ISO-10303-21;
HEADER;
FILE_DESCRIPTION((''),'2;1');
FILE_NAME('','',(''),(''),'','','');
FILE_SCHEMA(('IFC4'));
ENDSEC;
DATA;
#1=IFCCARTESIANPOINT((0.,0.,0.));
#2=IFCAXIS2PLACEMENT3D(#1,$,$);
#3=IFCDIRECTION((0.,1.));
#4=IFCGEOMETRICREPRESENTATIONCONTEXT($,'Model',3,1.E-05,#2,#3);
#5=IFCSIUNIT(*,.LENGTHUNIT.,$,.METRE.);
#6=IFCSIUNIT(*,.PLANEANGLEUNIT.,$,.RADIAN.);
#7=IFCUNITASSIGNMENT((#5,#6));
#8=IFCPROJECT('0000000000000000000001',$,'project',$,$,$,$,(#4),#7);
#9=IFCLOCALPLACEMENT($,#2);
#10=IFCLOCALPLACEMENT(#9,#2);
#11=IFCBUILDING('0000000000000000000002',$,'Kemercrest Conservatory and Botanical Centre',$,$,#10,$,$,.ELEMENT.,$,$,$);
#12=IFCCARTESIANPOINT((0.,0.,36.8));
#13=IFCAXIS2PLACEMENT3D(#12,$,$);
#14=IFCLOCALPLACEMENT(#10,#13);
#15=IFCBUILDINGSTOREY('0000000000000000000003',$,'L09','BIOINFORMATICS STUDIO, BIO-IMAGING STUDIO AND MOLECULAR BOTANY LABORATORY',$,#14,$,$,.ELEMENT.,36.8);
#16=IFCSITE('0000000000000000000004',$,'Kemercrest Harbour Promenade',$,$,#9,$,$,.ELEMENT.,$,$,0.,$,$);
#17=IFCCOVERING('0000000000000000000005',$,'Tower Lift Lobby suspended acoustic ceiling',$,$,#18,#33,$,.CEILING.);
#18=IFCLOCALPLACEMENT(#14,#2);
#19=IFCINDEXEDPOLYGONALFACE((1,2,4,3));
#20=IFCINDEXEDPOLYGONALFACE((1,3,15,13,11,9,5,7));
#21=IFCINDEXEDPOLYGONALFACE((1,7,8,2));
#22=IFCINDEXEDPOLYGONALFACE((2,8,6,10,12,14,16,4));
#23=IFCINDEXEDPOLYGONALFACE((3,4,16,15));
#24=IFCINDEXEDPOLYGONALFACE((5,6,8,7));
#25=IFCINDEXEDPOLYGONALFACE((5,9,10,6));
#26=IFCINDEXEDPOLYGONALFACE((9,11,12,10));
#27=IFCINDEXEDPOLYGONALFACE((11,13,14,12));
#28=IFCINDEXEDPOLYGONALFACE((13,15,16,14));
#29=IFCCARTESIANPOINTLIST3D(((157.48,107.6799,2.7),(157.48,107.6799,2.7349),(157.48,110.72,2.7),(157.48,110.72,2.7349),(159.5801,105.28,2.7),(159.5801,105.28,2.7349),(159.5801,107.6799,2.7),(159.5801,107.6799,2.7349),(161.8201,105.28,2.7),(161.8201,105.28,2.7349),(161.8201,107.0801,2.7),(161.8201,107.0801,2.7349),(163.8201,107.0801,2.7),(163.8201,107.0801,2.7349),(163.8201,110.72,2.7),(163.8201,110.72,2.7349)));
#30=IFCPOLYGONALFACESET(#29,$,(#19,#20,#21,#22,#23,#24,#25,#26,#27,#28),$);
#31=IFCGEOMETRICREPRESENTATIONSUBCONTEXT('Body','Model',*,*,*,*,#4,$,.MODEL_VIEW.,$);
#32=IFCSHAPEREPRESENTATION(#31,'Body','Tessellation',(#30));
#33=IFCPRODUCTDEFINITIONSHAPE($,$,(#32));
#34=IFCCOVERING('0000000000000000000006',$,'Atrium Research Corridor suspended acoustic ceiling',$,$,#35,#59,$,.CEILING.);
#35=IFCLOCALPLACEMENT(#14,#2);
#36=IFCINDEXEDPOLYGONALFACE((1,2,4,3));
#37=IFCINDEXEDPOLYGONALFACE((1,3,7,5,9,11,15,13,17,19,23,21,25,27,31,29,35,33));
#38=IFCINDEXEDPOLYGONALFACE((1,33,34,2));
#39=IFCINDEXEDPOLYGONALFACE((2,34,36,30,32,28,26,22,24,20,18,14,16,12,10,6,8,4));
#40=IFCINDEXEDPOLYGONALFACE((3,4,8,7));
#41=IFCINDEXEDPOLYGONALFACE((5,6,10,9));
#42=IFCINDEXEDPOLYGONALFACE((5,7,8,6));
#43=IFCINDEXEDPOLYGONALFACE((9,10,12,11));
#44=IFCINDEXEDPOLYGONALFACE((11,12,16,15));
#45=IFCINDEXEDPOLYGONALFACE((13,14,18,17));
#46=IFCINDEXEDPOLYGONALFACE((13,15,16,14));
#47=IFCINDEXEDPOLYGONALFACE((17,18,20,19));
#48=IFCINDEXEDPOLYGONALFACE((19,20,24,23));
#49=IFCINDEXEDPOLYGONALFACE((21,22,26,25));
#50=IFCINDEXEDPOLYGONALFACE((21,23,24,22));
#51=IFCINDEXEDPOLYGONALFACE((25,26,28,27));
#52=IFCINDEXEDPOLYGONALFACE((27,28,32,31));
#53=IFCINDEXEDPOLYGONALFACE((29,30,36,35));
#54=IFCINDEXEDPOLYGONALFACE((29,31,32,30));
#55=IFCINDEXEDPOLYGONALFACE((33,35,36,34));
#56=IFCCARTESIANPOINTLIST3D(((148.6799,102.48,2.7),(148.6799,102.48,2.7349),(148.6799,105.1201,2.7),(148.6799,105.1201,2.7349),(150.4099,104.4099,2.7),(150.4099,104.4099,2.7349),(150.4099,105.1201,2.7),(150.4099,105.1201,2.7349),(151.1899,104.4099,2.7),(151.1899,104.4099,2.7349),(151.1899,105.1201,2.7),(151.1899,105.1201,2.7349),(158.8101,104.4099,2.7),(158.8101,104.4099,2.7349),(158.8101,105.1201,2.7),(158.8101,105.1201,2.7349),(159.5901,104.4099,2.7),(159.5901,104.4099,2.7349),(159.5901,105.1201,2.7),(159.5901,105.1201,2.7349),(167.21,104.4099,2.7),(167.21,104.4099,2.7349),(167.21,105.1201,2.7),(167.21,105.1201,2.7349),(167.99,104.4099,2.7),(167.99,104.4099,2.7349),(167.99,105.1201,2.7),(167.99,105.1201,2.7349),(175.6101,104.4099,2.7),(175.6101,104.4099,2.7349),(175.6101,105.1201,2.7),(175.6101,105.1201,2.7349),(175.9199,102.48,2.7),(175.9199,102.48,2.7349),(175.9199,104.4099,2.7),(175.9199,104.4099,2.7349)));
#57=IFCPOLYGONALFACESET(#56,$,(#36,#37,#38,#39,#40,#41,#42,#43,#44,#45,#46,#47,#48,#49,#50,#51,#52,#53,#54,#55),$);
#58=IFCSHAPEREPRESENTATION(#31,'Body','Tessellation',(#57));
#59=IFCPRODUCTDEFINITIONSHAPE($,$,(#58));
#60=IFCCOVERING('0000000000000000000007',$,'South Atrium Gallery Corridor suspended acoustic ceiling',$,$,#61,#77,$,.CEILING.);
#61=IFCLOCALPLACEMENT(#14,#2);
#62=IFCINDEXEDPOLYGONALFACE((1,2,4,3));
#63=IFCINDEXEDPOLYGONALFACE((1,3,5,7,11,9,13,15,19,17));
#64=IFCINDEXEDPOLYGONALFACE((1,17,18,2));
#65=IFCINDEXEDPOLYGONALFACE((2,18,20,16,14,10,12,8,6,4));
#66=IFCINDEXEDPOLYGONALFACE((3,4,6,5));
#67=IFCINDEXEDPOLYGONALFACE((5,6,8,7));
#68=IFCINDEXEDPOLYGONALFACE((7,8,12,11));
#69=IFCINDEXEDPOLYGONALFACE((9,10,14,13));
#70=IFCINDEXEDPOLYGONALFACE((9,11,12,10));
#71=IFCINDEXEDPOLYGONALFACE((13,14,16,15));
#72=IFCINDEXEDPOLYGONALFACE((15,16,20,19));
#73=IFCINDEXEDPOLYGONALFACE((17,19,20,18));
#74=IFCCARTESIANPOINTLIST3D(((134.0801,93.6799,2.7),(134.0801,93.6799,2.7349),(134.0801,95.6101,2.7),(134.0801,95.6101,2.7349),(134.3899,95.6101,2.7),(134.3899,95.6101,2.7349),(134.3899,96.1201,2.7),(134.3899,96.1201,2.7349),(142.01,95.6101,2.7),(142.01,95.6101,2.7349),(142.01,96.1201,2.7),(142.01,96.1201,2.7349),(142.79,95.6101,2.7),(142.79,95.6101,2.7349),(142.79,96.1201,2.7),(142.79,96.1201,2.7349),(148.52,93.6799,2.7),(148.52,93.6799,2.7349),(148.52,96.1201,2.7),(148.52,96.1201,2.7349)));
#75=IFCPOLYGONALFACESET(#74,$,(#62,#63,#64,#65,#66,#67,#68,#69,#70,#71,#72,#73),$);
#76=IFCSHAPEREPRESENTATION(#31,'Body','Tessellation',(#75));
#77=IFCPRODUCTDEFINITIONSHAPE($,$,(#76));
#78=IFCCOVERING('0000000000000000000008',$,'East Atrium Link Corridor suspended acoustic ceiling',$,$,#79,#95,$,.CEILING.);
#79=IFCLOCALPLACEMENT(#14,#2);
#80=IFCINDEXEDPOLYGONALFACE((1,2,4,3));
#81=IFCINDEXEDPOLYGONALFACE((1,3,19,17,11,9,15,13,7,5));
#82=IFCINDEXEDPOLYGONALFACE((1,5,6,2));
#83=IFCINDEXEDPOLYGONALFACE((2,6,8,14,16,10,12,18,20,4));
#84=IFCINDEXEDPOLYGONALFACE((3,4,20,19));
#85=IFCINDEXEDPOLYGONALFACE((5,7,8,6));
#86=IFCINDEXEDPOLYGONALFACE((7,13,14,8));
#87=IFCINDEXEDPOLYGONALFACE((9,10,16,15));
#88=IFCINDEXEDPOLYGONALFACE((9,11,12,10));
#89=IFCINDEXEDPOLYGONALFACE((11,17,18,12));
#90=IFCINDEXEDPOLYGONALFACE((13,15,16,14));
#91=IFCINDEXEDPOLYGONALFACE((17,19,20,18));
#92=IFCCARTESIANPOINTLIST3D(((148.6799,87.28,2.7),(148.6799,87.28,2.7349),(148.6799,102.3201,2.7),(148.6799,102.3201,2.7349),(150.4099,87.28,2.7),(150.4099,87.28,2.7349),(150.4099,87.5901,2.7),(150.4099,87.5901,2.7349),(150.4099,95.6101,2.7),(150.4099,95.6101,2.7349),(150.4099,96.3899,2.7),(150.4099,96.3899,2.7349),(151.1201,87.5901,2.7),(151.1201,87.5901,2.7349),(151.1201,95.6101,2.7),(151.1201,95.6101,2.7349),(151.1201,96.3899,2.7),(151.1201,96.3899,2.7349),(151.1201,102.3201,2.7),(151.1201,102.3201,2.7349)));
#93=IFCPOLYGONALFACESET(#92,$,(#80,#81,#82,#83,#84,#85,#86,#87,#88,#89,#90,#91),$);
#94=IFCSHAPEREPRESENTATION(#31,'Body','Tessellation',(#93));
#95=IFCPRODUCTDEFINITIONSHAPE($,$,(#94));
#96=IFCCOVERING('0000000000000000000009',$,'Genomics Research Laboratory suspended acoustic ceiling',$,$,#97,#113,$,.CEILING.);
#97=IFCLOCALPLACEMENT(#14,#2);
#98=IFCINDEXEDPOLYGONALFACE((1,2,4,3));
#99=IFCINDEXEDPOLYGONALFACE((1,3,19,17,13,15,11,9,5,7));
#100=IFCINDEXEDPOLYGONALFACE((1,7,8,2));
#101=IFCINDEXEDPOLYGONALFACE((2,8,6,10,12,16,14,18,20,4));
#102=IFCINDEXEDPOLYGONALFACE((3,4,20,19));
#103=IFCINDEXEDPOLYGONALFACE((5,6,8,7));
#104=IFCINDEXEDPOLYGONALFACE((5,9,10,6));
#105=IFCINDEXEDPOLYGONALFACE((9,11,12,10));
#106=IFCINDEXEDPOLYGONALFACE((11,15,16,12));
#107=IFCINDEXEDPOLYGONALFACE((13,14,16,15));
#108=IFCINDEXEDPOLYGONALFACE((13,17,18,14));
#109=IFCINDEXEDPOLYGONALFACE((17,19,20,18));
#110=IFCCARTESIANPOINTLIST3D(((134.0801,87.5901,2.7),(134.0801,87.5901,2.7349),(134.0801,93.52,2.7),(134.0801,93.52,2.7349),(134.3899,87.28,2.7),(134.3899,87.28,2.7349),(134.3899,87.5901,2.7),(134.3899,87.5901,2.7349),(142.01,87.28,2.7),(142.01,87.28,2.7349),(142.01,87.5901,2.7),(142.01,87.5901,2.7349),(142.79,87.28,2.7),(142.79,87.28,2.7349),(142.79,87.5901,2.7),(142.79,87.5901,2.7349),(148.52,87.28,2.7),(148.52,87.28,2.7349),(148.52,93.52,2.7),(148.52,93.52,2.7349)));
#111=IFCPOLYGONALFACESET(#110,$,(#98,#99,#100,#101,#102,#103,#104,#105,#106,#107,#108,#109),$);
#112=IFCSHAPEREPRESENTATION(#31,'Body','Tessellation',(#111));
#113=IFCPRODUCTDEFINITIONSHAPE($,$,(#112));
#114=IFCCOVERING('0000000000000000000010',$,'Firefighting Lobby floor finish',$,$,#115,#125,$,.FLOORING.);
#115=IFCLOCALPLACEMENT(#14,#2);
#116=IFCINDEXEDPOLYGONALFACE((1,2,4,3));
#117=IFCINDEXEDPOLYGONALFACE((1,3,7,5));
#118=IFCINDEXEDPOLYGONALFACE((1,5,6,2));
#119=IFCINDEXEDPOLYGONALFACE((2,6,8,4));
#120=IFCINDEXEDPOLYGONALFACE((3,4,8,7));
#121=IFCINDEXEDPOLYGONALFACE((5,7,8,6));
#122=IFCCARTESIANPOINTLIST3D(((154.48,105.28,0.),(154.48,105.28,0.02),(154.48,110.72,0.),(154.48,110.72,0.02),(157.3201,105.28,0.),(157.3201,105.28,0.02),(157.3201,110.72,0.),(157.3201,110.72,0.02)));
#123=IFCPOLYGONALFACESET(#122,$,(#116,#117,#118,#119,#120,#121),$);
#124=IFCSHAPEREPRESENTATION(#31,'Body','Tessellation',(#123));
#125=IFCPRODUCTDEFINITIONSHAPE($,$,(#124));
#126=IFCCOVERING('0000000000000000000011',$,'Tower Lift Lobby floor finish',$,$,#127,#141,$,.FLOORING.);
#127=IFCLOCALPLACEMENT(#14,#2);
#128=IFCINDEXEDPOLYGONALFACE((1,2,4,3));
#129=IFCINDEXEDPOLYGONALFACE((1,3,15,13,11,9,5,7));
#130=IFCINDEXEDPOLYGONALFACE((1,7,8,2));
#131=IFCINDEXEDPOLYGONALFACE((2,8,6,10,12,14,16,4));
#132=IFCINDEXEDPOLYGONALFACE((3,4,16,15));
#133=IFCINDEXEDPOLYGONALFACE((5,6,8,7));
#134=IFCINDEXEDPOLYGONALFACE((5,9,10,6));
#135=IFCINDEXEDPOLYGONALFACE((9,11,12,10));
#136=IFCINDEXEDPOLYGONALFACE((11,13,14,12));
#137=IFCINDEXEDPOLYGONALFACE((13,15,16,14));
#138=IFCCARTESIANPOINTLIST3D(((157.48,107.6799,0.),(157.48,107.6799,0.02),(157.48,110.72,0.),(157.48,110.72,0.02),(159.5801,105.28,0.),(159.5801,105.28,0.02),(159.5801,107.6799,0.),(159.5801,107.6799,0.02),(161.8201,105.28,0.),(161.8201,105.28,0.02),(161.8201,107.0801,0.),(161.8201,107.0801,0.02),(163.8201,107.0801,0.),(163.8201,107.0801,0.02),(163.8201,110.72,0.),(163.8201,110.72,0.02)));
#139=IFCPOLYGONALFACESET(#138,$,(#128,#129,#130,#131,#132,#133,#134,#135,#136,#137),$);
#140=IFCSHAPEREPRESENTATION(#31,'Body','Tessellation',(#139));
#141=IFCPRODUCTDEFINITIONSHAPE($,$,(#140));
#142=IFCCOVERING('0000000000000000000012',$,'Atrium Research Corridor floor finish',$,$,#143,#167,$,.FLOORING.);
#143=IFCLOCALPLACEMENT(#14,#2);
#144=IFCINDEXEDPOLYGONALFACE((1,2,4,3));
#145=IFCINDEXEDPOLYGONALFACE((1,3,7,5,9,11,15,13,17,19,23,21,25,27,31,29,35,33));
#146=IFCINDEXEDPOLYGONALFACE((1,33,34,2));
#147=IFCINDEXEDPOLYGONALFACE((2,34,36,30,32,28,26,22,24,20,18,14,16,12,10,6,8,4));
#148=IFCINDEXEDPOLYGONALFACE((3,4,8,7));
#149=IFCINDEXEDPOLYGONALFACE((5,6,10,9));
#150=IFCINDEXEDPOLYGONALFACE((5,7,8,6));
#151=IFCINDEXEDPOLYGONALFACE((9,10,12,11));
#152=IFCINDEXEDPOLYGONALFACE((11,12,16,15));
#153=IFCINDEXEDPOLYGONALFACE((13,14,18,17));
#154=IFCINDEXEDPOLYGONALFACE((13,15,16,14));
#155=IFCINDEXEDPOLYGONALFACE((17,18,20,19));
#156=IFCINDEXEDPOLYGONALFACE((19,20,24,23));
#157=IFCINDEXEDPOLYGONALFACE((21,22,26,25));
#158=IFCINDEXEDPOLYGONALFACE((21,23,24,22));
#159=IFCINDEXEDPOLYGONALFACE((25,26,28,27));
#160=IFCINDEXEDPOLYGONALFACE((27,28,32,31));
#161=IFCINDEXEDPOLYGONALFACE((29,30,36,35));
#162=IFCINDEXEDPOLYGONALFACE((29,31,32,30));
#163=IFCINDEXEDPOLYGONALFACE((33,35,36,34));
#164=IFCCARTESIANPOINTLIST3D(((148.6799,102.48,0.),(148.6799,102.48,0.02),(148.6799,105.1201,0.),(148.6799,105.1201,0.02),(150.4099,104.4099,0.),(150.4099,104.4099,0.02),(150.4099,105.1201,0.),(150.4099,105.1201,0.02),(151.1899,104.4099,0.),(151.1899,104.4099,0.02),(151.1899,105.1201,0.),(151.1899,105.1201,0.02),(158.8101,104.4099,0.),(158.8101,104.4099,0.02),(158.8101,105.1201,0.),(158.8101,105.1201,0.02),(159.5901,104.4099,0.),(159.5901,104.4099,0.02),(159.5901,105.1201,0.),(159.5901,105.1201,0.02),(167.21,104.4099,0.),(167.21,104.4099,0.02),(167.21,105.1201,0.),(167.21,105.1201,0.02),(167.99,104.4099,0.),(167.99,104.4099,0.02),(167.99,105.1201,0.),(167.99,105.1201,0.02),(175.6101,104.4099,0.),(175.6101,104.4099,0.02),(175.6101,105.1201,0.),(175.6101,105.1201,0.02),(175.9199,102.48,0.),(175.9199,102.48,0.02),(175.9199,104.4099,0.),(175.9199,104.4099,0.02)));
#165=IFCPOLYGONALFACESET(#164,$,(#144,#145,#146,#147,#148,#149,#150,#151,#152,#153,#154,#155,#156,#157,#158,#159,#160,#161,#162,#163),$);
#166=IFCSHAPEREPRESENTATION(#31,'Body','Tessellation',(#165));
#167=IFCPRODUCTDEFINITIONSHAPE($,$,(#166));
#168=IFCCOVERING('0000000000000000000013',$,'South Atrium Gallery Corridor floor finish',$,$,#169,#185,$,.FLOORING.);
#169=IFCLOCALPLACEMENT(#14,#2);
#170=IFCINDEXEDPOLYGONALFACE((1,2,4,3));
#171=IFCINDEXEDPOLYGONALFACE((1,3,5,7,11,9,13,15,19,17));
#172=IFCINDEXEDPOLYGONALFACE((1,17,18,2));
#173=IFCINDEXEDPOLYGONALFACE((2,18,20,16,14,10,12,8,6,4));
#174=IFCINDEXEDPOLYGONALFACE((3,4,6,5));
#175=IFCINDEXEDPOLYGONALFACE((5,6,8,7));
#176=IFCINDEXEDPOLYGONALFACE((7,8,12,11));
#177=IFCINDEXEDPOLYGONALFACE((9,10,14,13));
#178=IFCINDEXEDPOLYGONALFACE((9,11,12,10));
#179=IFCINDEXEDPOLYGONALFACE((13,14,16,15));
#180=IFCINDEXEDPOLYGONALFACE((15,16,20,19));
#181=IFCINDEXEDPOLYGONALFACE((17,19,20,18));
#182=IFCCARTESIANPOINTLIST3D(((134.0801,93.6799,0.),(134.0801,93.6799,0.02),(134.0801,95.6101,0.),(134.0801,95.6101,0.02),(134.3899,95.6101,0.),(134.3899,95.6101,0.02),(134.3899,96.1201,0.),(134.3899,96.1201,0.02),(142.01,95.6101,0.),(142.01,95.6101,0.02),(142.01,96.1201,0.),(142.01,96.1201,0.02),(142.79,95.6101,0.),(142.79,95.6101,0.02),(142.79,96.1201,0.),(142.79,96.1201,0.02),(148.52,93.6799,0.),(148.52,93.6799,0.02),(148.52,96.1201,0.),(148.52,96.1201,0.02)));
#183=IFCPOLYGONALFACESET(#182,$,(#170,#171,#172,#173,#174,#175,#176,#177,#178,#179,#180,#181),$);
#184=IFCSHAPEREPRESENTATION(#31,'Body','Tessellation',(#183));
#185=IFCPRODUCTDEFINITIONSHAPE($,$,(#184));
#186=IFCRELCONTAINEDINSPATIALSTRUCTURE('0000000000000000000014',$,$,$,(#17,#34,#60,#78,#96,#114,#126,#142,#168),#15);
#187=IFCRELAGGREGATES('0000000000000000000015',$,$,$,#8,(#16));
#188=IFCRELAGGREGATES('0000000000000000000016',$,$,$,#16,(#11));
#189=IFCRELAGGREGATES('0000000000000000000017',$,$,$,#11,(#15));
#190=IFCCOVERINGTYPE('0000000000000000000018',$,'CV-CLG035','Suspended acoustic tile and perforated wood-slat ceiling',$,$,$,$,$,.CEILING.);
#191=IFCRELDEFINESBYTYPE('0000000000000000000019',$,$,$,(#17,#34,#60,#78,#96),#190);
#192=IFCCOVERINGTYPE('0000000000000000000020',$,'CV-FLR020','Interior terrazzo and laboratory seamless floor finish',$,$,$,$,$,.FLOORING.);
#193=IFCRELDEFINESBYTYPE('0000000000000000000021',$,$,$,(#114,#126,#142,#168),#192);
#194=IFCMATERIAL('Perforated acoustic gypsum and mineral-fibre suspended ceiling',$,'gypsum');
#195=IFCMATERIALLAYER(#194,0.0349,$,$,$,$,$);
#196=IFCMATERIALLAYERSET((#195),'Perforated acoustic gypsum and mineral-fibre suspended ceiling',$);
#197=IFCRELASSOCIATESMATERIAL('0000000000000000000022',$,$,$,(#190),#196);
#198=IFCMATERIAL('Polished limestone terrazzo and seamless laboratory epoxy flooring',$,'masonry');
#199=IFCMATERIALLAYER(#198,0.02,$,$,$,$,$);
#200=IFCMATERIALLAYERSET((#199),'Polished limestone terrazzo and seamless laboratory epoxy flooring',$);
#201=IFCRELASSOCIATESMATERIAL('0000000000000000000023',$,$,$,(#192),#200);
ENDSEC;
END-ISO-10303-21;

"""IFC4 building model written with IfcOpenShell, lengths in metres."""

from ifc_helpers import new_model, si_unit, direction, frame, origin, place, context, subcontext, project, spatial, polyline, outline, extrude, material, layer, layer_set, type_object, element, save


model = new_model("IFC4")

# Units and contexts
model_context = context("Model", 3, precision=1e-05, world=origin(), true_north=direction((0.0, 1.0)))
body_context = subcontext(model_context, "Body", "Model", "MODEL_VIEW")
ifc_project = project(units=[si_unit("LENGTHUNIT", "METRE"), si_unit("PLANEANGLEUNIT", "RADIAN")], contexts=[model_context])

# Site, building, storey
site_placement = place(None, origin())
site = spatial("IfcSite", under=ifc_project, at=site_placement, Name="Kemercrest Harbour Promenade", CompositionType="ELEMENT", RefElevation=0.0)
building_placement = place(site_placement, origin())
building = spatial("IfcBuilding", under=site, at=building_placement, Name="Kemercrest Conservatory and Botanical Centre", CompositionType="ELEMENT")
storey_placement = place(building_placement, frame((0.0, 0.0, 36.8)))
storey = spatial("IfcBuildingStorey", under=building, at=storey_placement, Name="L09", Description="BIOINFORMATICS STUDIO, BIO-IMAGING STUDIO AND MOLECULAR BOTANY LABORATORY", CompositionType="ELEMENT", Elevation=36.8)

# Coverings
ifc_material_1 = material(Name="Perforated acoustic gypsum and mineral-fibre suspended ceiling", Category="gypsum")
ifc_layer_1 = layer(ifc_material_1, 0.0349)
ifc_layer_set_1 = layer_set([ifc_layer_1], Name="Perforated acoustic gypsum and mineral-fibre suspended ceiling")
covering_type_1 = type_object("IfcCoveringType", Name="CV-CLG035", Description="Suspended acoustic tile and perforated wood-slat ceiling", PredefinedType="CEILING", material=ifc_layer_set_1)
covering_1_placement = place(storey_placement, frame((0.0, 0.0, 2.7)))
element("IfcCovering", 1, at=covering_1_placement, inside=storey, type_object=covering_type_1, Name="Tower Lift Lobby suspended acoustic ceiling", PredefinedType="CEILING", context=body_context, shape_type="SweptSolid", body=[
    extrude(outline(polyline([(159.5801, 107.6799), (159.5801, 105.28), (161.8201, 105.28), (161.8201, 107.0801), (163.8201, 107.0801), (163.8201, 110.72), (157.48, 110.72), (157.48, 107.6799), (159.5801, 107.6799)])), origin(), (0.0, 0.0, 1.0), 0.0349),
])
covering_2_placement = place(storey_placement, frame((0.0, 0.0, 2.7)))
element("IfcCovering", 2, at=covering_2_placement, inside=storey, type_object=covering_type_1, Name="Atrium Research Corridor suspended acoustic ceiling", PredefinedType="CEILING", context=body_context, shape_type="SweptSolid", body=[
    extrude(outline(polyline([(148.6799, 102.48), (175.9199, 102.48), (175.9199, 104.4099), (175.6101, 104.4099), (175.6101, 105.1201), (167.99, 105.1201), (167.99, 104.4099), (167.21, 104.4099), (167.21, 105.1201), (159.5901, 105.1201), (159.5901, 104.4099), (158.8101, 104.4099), (158.8101, 105.1201), (151.1899, 105.1201), (151.1899, 104.4099), (150.4099, 104.4099), (150.4099, 105.1201), (148.6799, 105.1201), (148.6799, 102.48)])), origin(), (0.0, 0.0, 1.0), 0.0349),
])
covering_3_placement = place(storey_placement, frame((0.0, 0.0, 2.7)))
element("IfcCovering", 3, at=covering_3_placement, inside=storey, type_object=covering_type_1, Name="South Atrium Gallery Corridor suspended acoustic ceiling", PredefinedType="CEILING", context=body_context, shape_type="SweptSolid", body=[
    extrude(outline(polyline([(134.0801, 93.6799), (148.52, 93.6799), (148.52, 96.1201), (142.79, 96.1201), (142.79, 95.6101), (142.01, 95.6101), (142.01, 96.1201), (134.3899, 96.1201), (134.3899, 95.6101), (134.0801, 95.6101), (134.0801, 93.6799)])), origin(), (0.0, 0.0, 1.0), 0.0349),
])
covering_4_placement = place(storey_placement, frame((0.0, 0.0, 2.7)))
element("IfcCovering", 4, at=covering_4_placement, inside=storey, type_object=covering_type_1, Name="East Atrium Link Corridor suspended acoustic ceiling", PredefinedType="CEILING", context=body_context, shape_type="SweptSolid", body=[
    extrude(outline(polyline([(148.6799, 87.28), (150.4099, 87.28), (150.4099, 87.5901), (151.1201, 87.5901), (151.1201, 95.6101), (150.4099, 95.6101), (150.4099, 96.3899), (151.1201, 96.3899), (151.1201, 102.3201), (148.6799, 102.3201), (148.6799, 87.28)])), origin(), (0.0, 0.0, 1.0), 0.0349),
])
covering_5_placement = place(storey_placement, frame((0.0, 0.0, 2.7)))
element("IfcCovering", 5, at=covering_5_placement, inside=storey, type_object=covering_type_1, Name="Genomics Research Laboratory suspended acoustic ceiling", PredefinedType="CEILING", context=body_context, shape_type="SweptSolid", body=[
    extrude(outline(polyline([(142.79, 87.28), (148.52, 87.28), (148.52, 93.52), (134.0801, 93.52), (134.0801, 87.5901), (134.3899, 87.5901), (134.3899, 87.28), (142.01, 87.28), (142.01, 87.5901), (142.79, 87.5901), (142.79, 87.28)])), origin(), (0.0, 0.0, 1.0), 0.0349),
])
ifc_material_2 = material(Name="Polished limestone terrazzo and seamless laboratory epoxy flooring", Category="masonry")
ifc_layer_2 = layer(ifc_material_2, 0.02)
ifc_layer_set_2 = layer_set([ifc_layer_2], Name="Polished limestone terrazzo and seamless laboratory epoxy flooring")
covering_type_2 = type_object("IfcCoveringType", Name="CV-FLR020", Description="Interior terrazzo and laboratory seamless floor finish", PredefinedType="FLOORING", material=ifc_layer_set_2)
covering_6_placement = place(storey_placement, origin())
element("IfcCovering", 6, at=covering_6_placement, inside=storey, type_object=covering_type_2, Name="Firefighting Lobby floor finish", PredefinedType="FLOORING", context=body_context, shape_type="SweptSolid", body=[
    extrude(outline(polyline([(154.48, 105.28), (157.3201, 105.28), (157.3201, 110.72), (154.48, 110.72), (154.48, 105.28)])), origin(), (0.0, 0.0, 1.0), 0.02),
])
covering_7_placement = place(storey_placement, origin())
element("IfcCovering", 7, at=covering_7_placement, inside=storey, type_object=covering_type_2, Name="Tower Lift Lobby floor finish", PredefinedType="FLOORING", context=body_context, shape_type="SweptSolid", body=[
    extrude(outline(polyline([(159.5801, 107.6799), (159.5801, 105.28), (161.8201, 105.28), (161.8201, 107.0801), (163.8201, 107.0801), (163.8201, 110.72), (157.48, 110.72), (157.48, 107.6799), (159.5801, 107.6799)])), origin(), (0.0, 0.0, 1.0), 0.02),
])
covering_8_placement = place(storey_placement, origin())
element("IfcCovering", 8, at=covering_8_placement, inside=storey, type_object=covering_type_2, Name="Atrium Research Corridor floor finish", PredefinedType="FLOORING", context=body_context, shape_type="SweptSolid", body=[
    extrude(outline(polyline([(148.6799, 102.48), (175.9199, 102.48), (175.9199, 104.4099), (175.6101, 104.4099), (175.6101, 105.1201), (167.99, 105.1201), (167.99, 104.4099), (167.21, 104.4099), (167.21, 105.1201), (159.5901, 105.1201), (159.5901, 104.4099), (158.8101, 104.4099), (158.8101, 105.1201), (151.1899, 105.1201), (151.1899, 104.4099), (150.4099, 104.4099), (150.4099, 105.1201), (148.6799, 105.1201), (148.6799, 102.48)])), origin(), (0.0, 0.0, 1.0), 0.02),
])
covering_9_placement = place(storey_placement, origin())
element("IfcCovering", 9, at=covering_9_placement, inside=storey, type_object=covering_type_2, Name="South Atrium Gallery Corridor floor finish", PredefinedType="FLOORING", context=body_context, shape_type="SweptSolid", body=[
    extrude(outline(polyline([(134.0801, 93.6799), (148.52, 93.6799), (148.52, 96.1201), (142.79, 96.1201), (142.79, 95.6101), (142.01, 95.6101), (142.01, 96.1201), (134.3899, 96.1201), (134.3899, 95.6101), (134.0801, 95.6101), (134.0801, 93.6799)])), origin(), (0.0, 0.0, 1.0), 0.02),
])

save(model, "model.ifc")
